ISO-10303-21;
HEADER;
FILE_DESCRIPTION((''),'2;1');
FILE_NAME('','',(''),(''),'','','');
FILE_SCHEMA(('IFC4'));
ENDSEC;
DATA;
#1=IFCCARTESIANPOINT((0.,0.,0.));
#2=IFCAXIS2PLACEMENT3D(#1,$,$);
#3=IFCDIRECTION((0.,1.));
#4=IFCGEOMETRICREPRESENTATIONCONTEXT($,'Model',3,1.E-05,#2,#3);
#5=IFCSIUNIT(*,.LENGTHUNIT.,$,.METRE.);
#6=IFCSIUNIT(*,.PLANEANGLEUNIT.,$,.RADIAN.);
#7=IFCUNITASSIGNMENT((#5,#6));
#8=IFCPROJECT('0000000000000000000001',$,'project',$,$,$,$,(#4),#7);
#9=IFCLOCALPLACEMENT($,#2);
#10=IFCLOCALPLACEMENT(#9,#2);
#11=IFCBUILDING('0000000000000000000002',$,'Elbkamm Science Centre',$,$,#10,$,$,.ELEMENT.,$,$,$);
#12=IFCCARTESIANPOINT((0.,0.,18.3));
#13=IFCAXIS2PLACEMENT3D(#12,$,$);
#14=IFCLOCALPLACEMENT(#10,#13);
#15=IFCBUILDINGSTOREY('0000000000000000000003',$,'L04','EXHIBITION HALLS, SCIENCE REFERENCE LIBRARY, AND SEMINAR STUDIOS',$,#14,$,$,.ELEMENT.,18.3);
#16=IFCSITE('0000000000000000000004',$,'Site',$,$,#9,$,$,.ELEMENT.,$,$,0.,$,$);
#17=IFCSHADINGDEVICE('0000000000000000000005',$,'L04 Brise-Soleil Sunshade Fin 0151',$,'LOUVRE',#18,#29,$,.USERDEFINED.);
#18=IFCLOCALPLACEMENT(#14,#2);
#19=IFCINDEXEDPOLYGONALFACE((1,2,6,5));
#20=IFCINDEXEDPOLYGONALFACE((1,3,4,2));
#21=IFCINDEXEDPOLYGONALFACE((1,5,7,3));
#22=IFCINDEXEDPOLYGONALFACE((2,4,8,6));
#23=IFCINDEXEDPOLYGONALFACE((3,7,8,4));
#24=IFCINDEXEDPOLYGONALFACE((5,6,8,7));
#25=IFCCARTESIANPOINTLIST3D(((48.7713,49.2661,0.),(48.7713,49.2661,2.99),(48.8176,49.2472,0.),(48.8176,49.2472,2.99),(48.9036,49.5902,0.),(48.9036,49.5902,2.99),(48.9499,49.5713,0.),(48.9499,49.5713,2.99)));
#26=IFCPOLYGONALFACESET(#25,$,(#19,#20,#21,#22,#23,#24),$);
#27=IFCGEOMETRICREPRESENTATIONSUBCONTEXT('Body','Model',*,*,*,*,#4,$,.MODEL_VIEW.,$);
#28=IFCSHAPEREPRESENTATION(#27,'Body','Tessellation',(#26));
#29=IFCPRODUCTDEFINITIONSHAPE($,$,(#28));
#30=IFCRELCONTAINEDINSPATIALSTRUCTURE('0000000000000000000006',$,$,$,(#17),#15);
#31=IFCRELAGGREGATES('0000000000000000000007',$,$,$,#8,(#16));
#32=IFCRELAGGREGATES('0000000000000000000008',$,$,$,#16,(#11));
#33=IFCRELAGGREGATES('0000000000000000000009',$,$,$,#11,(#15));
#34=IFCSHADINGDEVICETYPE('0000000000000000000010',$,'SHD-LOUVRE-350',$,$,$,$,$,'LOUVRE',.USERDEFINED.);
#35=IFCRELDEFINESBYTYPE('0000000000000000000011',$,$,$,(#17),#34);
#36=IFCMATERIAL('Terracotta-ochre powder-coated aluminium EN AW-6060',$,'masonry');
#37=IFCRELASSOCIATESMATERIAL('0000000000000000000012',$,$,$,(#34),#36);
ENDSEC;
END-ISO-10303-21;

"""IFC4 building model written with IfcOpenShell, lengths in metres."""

from ifc_helpers import new_model, si_unit, direction, frame, origin, origin_2d, place, context, subcontext, project, spatial, rectangle, extrude, material, type_object, element, save


model = new_model("IFC4")

# Units and contexts
model_context = context("Model", 3, precision=1e-05, world=origin(), true_north=direction((0.0, 1.0)))
body_context = subcontext(model_context, "Body", "Model", "MODEL_VIEW")
ifc_project = project(units=[si_unit("LENGTHUNIT", "METRE"), si_unit("PLANEANGLEUNIT", "RADIAN")], contexts=[model_context])

# Site, building, storey
site_placement = place(None, origin())
site = spatial("IfcSite", under=ifc_project, at=site_placement, Name="Site", CompositionType="ELEMENT", RefElevation=0.0)
building_placement = place(site_placement, origin())
building = spatial("IfcBuilding", under=site, at=building_placement, Name="Elbkamm Science Centre", CompositionType="ELEMENT")
storey_placement = place(building_placement, frame((0.0, 0.0, 18.3)))
storey = spatial("IfcBuildingStorey", under=building, at=storey_placement, Name="L04", Description="EXHIBITION HALLS, SCIENCE REFERENCE LIBRARY, AND SEMINAR STUDIOS", CompositionType="ELEMENT", Elevation=18.3)

# Shading device
ifc_material_1 = material(Name="Terracotta-ochre powder-coated aluminium EN AW-6060", Category="masonry")
shading_device_type = type_object("IfcShadingDeviceType", Name="SHD-LOUVRE-350", ElementType="LOUVRE", PredefinedType="USERDEFINED", material=ifc_material_1)
shading_device_placement = place(storey_placement, frame((48.8606, 49.4187, 0.0), z_axis=(0.0, 0.0, 1.0), x_axis=(-0.378001, -0.925805, 0.0)))
element("IfcShadingDevice", 1, at=shading_device_placement, inside=storey, type_object=shading_device_type, Name="L04 Brise-Soleil Sunshade Fin 0151", ObjectType="LOUVRE", PredefinedType="USERDEFINED", context=body_context, shape_type="SweptSolid", body=[
    extrude(rectangle(XDim=0.3501, YDim=0.05, at=origin_2d()), origin(), (0.0, 0.0, 1.0), 2.99),
])

save(model, "model.ifc")
